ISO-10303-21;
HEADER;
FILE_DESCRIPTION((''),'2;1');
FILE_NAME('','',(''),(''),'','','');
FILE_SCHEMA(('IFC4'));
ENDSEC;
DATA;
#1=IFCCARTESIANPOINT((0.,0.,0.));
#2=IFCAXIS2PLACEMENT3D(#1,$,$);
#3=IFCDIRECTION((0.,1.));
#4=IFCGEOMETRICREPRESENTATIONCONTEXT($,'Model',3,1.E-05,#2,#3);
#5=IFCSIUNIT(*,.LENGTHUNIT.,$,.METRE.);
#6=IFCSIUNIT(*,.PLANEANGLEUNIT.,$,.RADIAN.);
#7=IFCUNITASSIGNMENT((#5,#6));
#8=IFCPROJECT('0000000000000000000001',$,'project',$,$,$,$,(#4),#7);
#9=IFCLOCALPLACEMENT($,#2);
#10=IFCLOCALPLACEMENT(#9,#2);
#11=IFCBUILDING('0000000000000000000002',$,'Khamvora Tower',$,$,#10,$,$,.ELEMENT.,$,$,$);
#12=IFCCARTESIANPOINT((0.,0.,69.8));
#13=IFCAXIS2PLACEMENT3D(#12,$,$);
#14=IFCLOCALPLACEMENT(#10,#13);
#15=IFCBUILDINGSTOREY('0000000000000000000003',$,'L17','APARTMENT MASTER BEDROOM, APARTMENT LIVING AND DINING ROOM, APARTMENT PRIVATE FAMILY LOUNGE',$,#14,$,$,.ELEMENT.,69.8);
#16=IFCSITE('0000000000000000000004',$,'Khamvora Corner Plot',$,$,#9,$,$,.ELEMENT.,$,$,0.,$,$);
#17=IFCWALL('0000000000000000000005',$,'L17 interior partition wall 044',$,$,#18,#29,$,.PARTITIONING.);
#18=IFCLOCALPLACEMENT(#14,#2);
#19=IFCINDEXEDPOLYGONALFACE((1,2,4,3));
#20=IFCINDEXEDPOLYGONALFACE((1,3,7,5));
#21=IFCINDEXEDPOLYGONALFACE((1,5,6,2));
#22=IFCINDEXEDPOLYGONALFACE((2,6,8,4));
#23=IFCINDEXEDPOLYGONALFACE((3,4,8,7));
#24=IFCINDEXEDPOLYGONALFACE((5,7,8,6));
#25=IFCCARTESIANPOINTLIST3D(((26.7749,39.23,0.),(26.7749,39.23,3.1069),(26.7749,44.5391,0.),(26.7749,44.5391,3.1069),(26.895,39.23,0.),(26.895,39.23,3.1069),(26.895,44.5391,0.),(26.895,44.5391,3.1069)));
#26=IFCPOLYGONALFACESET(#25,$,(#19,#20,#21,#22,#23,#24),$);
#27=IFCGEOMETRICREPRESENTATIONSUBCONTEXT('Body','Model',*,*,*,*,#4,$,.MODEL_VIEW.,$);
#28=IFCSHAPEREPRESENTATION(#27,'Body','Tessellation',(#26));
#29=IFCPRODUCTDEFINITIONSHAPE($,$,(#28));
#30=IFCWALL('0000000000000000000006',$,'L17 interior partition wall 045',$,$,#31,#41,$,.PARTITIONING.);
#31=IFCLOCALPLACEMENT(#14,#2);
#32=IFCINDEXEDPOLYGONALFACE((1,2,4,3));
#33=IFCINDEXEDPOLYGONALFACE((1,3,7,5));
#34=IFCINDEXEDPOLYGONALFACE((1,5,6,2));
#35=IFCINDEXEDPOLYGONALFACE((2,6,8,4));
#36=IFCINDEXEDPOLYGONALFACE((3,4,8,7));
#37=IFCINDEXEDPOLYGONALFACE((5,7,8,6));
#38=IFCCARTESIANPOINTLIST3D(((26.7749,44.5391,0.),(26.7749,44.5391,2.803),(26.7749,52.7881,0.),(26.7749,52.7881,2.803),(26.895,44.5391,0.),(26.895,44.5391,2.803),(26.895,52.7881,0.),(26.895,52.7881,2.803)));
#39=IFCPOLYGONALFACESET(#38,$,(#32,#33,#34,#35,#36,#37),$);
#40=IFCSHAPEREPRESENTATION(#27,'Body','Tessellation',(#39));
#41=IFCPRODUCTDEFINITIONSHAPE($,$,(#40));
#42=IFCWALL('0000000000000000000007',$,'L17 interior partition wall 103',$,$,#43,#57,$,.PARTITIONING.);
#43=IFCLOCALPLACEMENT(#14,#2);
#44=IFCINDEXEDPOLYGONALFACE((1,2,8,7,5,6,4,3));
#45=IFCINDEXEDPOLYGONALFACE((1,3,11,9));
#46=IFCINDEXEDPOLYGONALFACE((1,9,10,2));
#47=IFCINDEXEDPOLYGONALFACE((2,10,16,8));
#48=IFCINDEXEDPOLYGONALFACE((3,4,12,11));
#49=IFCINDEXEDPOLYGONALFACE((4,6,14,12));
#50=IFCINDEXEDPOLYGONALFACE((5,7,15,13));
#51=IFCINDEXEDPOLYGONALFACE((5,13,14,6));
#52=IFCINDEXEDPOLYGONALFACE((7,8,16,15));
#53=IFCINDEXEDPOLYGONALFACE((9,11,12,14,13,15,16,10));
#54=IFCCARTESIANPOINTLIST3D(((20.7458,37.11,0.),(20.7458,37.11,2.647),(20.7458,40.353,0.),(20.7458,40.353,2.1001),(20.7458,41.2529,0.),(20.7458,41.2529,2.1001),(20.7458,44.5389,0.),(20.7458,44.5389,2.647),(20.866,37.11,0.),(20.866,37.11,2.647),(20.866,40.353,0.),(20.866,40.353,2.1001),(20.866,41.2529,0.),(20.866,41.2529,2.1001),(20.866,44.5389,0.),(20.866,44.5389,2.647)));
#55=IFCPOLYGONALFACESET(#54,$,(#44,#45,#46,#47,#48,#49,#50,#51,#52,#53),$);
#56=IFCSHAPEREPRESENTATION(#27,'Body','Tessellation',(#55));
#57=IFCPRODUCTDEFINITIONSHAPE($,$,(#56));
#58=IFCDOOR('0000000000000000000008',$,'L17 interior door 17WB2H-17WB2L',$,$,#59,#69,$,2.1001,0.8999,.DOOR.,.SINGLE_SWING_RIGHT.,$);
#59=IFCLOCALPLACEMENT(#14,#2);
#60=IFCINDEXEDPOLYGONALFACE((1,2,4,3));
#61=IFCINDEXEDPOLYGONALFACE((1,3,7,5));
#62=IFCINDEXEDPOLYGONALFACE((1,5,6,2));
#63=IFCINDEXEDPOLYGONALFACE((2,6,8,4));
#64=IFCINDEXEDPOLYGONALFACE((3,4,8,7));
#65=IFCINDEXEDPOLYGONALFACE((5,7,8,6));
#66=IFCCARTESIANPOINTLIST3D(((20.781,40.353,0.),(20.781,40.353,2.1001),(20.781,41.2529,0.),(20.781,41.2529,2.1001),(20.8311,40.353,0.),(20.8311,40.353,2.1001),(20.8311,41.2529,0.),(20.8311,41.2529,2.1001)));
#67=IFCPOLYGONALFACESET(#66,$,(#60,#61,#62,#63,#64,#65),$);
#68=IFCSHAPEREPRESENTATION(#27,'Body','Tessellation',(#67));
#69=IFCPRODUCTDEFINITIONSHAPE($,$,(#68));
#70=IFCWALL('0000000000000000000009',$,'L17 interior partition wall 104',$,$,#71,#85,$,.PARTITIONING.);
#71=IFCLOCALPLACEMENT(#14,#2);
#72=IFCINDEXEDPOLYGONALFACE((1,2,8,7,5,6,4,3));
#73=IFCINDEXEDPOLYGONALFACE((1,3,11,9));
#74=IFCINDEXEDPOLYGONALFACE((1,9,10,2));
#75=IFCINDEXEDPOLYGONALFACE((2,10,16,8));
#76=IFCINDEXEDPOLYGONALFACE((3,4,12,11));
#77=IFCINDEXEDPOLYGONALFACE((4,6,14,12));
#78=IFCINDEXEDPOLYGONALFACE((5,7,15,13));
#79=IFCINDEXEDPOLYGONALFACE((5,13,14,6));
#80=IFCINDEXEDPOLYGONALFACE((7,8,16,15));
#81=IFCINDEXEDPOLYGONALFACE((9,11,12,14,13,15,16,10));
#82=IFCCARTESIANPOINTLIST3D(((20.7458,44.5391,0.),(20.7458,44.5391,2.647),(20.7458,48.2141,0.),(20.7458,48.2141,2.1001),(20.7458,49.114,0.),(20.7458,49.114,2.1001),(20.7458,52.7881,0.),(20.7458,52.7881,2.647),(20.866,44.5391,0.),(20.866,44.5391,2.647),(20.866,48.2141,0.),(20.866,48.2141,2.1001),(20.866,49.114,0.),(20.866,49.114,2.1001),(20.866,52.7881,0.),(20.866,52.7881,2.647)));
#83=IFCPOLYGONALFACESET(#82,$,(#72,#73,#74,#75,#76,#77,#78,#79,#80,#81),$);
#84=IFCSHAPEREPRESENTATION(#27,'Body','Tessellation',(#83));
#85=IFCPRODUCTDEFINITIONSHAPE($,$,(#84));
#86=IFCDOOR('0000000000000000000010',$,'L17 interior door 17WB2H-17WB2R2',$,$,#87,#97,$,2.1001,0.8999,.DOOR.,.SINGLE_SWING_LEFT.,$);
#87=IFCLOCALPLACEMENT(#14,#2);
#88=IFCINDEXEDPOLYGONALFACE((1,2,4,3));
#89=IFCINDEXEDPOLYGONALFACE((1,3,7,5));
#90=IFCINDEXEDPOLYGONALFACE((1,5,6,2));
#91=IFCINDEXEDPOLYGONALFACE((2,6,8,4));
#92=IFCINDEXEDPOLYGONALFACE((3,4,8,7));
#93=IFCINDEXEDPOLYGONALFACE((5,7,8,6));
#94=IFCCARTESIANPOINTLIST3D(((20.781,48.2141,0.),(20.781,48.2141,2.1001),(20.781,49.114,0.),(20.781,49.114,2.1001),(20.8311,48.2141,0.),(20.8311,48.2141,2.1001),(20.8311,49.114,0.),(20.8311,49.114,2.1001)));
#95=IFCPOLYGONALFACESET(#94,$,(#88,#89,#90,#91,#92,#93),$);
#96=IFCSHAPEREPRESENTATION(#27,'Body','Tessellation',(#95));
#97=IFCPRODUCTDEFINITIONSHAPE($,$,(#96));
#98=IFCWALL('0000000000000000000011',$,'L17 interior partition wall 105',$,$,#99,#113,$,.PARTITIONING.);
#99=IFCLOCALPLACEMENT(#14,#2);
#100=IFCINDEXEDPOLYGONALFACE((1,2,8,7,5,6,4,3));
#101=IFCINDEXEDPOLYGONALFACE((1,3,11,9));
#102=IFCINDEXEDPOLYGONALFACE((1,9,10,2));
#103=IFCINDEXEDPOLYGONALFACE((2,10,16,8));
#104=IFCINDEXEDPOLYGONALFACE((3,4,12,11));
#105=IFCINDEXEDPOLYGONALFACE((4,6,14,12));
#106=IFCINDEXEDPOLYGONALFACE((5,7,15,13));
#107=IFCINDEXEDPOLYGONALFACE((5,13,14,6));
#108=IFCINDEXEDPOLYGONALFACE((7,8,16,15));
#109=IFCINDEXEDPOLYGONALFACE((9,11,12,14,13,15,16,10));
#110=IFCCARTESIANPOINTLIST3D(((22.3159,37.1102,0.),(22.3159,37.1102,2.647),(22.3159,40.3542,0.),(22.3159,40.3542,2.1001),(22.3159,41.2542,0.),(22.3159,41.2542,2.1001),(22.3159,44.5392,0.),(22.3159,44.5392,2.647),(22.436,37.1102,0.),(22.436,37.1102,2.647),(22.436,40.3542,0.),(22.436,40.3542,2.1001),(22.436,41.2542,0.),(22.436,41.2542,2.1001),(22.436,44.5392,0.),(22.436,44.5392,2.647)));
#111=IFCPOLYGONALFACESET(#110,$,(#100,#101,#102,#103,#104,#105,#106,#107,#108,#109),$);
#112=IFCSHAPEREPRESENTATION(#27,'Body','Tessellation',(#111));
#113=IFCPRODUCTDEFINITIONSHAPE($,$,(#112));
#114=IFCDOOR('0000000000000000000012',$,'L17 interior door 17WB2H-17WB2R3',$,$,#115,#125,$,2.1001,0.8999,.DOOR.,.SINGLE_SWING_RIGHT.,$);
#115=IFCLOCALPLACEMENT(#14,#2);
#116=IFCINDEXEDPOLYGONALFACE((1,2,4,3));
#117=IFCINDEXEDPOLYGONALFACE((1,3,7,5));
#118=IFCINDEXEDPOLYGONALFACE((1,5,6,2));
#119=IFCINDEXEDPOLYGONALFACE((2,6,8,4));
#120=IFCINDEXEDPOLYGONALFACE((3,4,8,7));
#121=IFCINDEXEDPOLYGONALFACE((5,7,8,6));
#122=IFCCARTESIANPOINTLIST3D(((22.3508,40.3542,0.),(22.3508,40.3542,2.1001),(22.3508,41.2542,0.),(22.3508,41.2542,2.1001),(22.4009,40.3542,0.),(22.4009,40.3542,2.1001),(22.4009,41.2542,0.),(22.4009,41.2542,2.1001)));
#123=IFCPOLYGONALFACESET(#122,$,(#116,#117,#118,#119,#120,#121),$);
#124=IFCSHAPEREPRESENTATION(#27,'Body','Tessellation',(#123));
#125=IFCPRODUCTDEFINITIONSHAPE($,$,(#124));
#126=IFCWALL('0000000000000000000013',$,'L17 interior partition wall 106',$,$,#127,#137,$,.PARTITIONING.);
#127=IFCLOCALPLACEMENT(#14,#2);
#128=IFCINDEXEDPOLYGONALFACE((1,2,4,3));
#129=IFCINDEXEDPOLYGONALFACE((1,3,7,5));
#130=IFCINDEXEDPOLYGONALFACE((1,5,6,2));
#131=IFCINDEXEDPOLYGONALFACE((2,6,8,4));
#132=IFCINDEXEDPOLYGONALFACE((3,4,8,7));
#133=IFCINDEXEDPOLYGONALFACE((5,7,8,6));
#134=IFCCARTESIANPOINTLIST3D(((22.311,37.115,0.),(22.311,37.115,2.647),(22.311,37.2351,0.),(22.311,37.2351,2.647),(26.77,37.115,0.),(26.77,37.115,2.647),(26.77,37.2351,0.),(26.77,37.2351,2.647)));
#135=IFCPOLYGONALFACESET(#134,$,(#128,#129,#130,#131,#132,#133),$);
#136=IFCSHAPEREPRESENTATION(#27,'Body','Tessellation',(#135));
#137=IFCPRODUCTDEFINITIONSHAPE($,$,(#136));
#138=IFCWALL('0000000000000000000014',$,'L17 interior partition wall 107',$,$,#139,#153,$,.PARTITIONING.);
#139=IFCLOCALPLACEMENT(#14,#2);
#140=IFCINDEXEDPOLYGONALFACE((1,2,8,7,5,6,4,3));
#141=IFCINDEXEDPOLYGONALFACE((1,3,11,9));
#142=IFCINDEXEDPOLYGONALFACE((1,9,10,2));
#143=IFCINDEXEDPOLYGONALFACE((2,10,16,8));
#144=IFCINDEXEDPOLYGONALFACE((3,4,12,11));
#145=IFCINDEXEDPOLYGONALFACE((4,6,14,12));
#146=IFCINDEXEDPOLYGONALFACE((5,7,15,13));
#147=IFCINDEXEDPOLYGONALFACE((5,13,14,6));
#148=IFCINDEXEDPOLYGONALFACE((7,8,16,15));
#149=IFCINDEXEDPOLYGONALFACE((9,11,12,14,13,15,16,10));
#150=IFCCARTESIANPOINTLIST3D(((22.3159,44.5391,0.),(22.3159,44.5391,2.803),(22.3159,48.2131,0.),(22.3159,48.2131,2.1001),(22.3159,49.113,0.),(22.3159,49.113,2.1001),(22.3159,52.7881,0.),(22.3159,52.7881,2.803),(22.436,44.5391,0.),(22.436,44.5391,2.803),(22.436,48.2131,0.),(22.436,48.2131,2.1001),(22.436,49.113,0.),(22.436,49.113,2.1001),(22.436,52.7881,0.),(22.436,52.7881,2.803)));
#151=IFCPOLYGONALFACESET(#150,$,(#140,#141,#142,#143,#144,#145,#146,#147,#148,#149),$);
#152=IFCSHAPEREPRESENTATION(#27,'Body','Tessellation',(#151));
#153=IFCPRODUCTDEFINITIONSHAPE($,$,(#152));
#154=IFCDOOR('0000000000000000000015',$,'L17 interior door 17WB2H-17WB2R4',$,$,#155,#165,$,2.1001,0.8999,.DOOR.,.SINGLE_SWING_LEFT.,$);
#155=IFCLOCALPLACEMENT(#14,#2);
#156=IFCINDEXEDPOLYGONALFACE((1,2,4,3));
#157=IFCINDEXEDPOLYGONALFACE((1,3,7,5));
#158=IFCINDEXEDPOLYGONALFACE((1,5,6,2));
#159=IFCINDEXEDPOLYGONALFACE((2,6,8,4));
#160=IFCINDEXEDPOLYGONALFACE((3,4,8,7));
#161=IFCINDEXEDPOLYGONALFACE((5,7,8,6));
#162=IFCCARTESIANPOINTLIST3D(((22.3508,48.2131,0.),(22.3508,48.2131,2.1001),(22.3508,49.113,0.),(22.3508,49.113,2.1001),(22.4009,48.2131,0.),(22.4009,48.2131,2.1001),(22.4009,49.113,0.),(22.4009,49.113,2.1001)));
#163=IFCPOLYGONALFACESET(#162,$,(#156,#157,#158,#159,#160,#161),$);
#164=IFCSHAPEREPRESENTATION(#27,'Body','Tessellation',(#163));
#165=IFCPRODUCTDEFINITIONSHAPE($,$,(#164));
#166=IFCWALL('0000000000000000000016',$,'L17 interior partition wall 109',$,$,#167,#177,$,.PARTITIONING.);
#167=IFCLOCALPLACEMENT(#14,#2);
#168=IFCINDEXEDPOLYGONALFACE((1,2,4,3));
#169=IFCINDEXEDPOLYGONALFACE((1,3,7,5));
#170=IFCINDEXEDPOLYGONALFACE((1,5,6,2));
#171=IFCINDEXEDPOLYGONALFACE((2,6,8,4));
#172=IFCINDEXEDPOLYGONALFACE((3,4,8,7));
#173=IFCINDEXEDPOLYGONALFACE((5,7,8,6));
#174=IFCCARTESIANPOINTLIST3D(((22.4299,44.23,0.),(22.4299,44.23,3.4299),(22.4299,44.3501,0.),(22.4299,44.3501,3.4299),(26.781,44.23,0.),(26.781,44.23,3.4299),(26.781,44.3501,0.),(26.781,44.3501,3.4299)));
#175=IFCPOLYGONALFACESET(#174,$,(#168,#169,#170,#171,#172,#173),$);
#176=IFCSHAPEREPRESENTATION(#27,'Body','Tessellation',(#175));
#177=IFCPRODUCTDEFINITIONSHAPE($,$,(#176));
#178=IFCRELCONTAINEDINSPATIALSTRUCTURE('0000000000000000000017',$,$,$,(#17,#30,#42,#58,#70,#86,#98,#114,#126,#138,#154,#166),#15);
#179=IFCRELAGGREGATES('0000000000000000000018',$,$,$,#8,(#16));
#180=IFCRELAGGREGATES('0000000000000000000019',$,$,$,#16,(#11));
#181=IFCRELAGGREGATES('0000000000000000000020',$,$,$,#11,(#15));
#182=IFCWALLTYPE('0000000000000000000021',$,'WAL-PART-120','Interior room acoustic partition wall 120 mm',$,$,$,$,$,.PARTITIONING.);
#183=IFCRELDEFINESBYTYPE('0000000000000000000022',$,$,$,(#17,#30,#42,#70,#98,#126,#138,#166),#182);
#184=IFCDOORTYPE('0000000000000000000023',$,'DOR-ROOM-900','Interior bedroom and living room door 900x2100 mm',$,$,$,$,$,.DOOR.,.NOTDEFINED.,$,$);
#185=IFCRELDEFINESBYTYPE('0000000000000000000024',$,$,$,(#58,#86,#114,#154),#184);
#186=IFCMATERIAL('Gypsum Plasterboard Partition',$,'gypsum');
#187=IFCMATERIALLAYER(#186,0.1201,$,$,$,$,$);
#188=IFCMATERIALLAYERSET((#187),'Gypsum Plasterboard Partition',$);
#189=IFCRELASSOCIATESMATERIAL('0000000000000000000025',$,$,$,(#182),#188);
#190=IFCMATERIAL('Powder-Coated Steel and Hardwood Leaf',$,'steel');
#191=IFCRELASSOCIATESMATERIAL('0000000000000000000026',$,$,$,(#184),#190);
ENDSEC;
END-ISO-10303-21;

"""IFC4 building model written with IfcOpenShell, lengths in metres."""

from ifc_helpers import new_model, si_unit, direction, frame, frame_2d, origin, place, context, subcontext, project, spatial, rectangle, extrude, material, layer, layer_set, type_object, element, fill, save


model = new_model("IFC4")

# Units and contexts
model_context = context("Model", 3, precision=1e-05, world=origin(), true_north=direction((0.0, 1.0)))
body_context = subcontext(model_context, "Body", "Model", "MODEL_VIEW")
ifc_project = project(units=[si_unit("LENGTHUNIT", "METRE"), si_unit("PLANEANGLEUNIT", "RADIAN")], contexts=[model_context])

# Site, building, storey
site_placement = place(None, origin())
site = spatial("IfcSite", under=ifc_project, at=site_placement, Name="Khamvora Corner Plot", CompositionType="ELEMENT", RefElevation=0.0)
building_placement = place(site_placement, origin())
building = spatial("IfcBuilding", under=site, at=building_placement, Name="Khamvora Tower", CompositionType="ELEMENT")
storey_placement = place(building_placement, frame((0.0, 0.0, 69.8)))
storey = spatial("IfcBuildingStorey", under=building, at=storey_placement, Name="L17", Description="APARTMENT MASTER BEDROOM, APARTMENT LIVING AND DINING ROOM, APARTMENT PRIVATE FAMILY LOUNGE", CompositionType="ELEMENT", Elevation=69.8)

# Shared definitions
ifc_material_1 = material(Name="Powder-Coated Steel and Hardwood Leaf", Category="steel")

# Walls
ifc_material_2 = material(Name="Gypsum Plasterboard Partition", Category="gypsum")
ifc_layer_1 = layer(ifc_material_2, 0.1201)
ifc_layer_set_1 = layer_set([ifc_layer_1], Name="Gypsum Plasterboard Partition")
wall_type_1 = type_object("IfcWallType", Name="WAL-PART-120", Description="Interior room acoustic partition wall 120 mm", PredefinedType="PARTITIONING", material=ifc_layer_set_1)
wall_1_placement = place(storey_placement, frame((26.835, 39.23, 0.0), z_axis=(0.0, 0.0, 1.0), x_axis=(0.0, 1.0, 0.0)))
element("IfcWall", 1, at=wall_1_placement, inside=storey, type_object=wall_type_1, Name="L17 interior partition wall 044", PredefinedType="PARTITIONING", context=body_context, shape_type="SweptSolid", body=[
    extrude(rectangle(XDim=5.3091, YDim=0.1201, at=frame_2d((2.6545, 0.0))), origin(), (0.0, 0.0, 1.0), 3.1069),
])
wall_2_placement = place(storey_placement, frame((26.835, 44.5391, 0.0), z_axis=(0.0, 0.0, 1.0), x_axis=(0.0, 1.0, 0.0)))
element("IfcWall", 2, at=wall_2_placement, inside=storey, type_object=wall_type_1, Name="L17 interior partition wall 045", PredefinedType="PARTITIONING", context=body_context, shape_type="SweptSolid", body=[
    extrude(rectangle(XDim=8.249, YDim=0.1201, at=frame_2d((4.1245, 0.0))), origin(), (0.0, 0.0, 1.0), 2.803),
])

# Walls, openings, doors
wall_3_placement = place(storey_placement, frame((20.8059, 37.1101, 0.0), z_axis=(0.0, 0.0, 1.0), x_axis=(0.0, 1.0, 0.0)))
wall_3 = element("IfcWall", 3, at=wall_3_placement, inside=storey, type_object=wall_type_1, Name="L17 interior partition wall 103", PredefinedType="PARTITIONING", context=body_context, shape_type="SweptSolid", body=[
    extrude(rectangle(XDim=7.429, YDim=0.1201, at=frame_2d((3.7144, 0.0))), origin(), (0.0, 0.0, 1.0), 2.647),
])
opening_1_placement = place(wall_3_placement, frame((3.2429, 0.0, 0.0)))
opening_1 = element("IfcOpeningElement", 4, at=opening_1_placement, cuts=wall_3, PredefinedType="OPENING", context=body_context, shape_type="SweptSolid", body=[
    extrude(rectangle(XDim=0.8999, YDim=2.1001, at=frame_2d((0.45, 1.05))), frame((0.0, 0.0701, 0.0), z_axis=(0.0, -1.0, 0.0), x_axis=(1.0, 0.0, 0.0)), (0.0, 0.0, 1.0), 0.1401),
])
door_type_1 = type_object("IfcDoorType", Name="DOR-ROOM-900", Description="Interior bedroom and living room door 900x2100 mm", OperationType="NOTDEFINED", PredefinedType="DOOR", material=ifc_material_1)
door_1_placement = place(opening_1_placement, origin())
door_1 = element("IfcDoor", 5, at=door_1_placement, inside=storey, type_object=door_type_1, Name="L17 interior door 17WB2H-17WB2L", OperationType="SINGLE_SWING_RIGHT", OverallHeight=2.1001, OverallWidth=0.8999, PredefinedType="DOOR", context=body_context, shape_type="SweptSolid", body=[
    extrude(rectangle(XDim=0.8999, YDim=2.1001, at=frame_2d((0.45, 1.05))), frame((0.0, 0.0249, 0.0), z_axis=(0.0, -1.0, 0.0), x_axis=(1.0, 0.0, 0.0)), (0.0, 0.0, 1.0), 0.05),
])
fill(opening_1, door_1)
wall_4_placement = place(storey_placement, frame((20.8059, 44.5391, 0.0), z_axis=(0.0, 0.0, 1.0), x_axis=(0.0, 1.0, 0.0)))
wall_4 = element("IfcWall", 6, at=wall_4_placement, inside=storey, type_object=wall_type_1, Name="L17 interior partition wall 104", PredefinedType="PARTITIONING", context=body_context, shape_type="SweptSolid", body=[
    extrude(rectangle(XDim=8.249, YDim=0.1201, at=frame_2d((4.1245, 0.0))), origin(), (0.0, 0.0, 1.0), 2.647),
])
opening_2_placement = place(wall_4_placement, frame((3.675, 0.0, 0.0)))
opening_2 = element("IfcOpeningElement", 7, at=opening_2_placement, cuts=wall_4, PredefinedType="OPENING", context=body_context, shape_type="SweptSolid", body=[
    extrude(rectangle(XDim=0.8999, YDim=2.1001, at=frame_2d((0.45, 1.05))), frame((0.0, 0.0701, 0.0), z_axis=(0.0, -1.0, 0.0), x_axis=(1.0, 0.0, 0.0)), (0.0, 0.0, 1.0), 0.1401),
])
door_2_placement = place(opening_2_placement, origin())
door_2 = element("IfcDoor", 8, at=door_2_placement, inside=storey, type_object=door_type_1, Name="L17 interior door 17WB2H-17WB2R2", OperationType="SINGLE_SWING_LEFT", OverallHeight=2.1001, OverallWidth=0.8999, PredefinedType="DOOR", context=body_context, shape_type="SweptSolid", body=[
    extrude(rectangle(XDim=0.8999, YDim=2.1001, at=frame_2d((0.45, 1.05))), frame((0.0, 0.0249, 0.0), z_axis=(0.0, -1.0, 0.0), x_axis=(1.0, 0.0, 0.0)), (0.0, 0.0, 1.0), 0.05),
])
fill(opening_2, door_2)
wall_5_placement = place(storey_placement, frame((22.376, 44.5391, 0.0), z_axis=(0.0, 0.0, 1.0), x_axis=(0.0, -1.0, 0.0)))
wall_5 = element("IfcWall", 9, at=wall_5_placement, inside=storey, type_object=wall_type_1, Name="L17 interior partition wall 105", PredefinedType="PARTITIONING", context=body_context, shape_type="SweptSolid", body=[
    extrude(rectangle(XDim=7.429, YDim=0.1201, at=frame_2d((3.7144, 0.0))), origin(), (0.0, 0.0, 1.0), 2.647),
])
opening_3_placement = place(wall_5_placement, frame((3.2849, 0.0, 0.0)))
opening_3 = element("IfcOpeningElement", 10, at=opening_3_placement, cuts=wall_5, PredefinedType="OPENING", context=body_context, shape_type="SweptSolid", body=[
    extrude(rectangle(XDim=0.8999, YDim=2.1001, at=frame_2d((0.45, 1.05))), frame((0.0, 0.0701, 0.0), z_axis=(0.0, -1.0, 0.0), x_axis=(1.0, 0.0, 0.0)), (0.0, 0.0, 1.0), 0.1401),
])
door_3_placement = place(opening_3_placement, origin())
door_3 = element("IfcDoor", 11, at=door_3_placement, inside=storey, type_object=door_type_1, Name="L17 interior door 17WB2H-17WB2R3", OperationType="SINGLE_SWING_RIGHT", OverallHeight=2.1001, OverallWidth=0.8999, PredefinedType="DOOR", context=body_context, shape_type="SweptSolid", body=[
    extrude(rectangle(XDim=0.8999, YDim=2.1001, at=frame_2d((0.45, 1.05))), frame((0.0, 0.0249, 0.0), z_axis=(0.0, -1.0, 0.0), x_axis=(1.0, 0.0, 0.0)), (0.0, 0.0, 1.0), 0.05),
])
fill(opening_3, door_3)

# Wall
wall_6_placement = place(storey_placement, frame((22.311, 37.175, 0.0), z_axis=(0.0, 0.0, 1.0), x_axis=(1.0, 0.0, 0.0)))
element("IfcWall", 12, at=wall_6_placement, inside=storey, type_object=wall_type_1, Name="L17 interior partition wall 106", PredefinedType="PARTITIONING", context=body_context, shape_type="SweptSolid", body=[
    extrude(rectangle(XDim=4.459, YDim=0.1201, at=frame_2d((2.2295, 0.0))), origin(), (0.0, 0.0, 1.0), 2.647),
])

# Wall, opening, door
wall_7_placement = place(storey_placement, frame((22.376, 52.7881, 0.0), z_axis=(0.0, 0.0, 1.0), x_axis=(0.0, -1.0, 0.0)))
wall_7 = element("IfcWall", 13, at=wall_7_placement, inside=storey, type_object=wall_type_1, Name="L17 interior partition wall 107", PredefinedType="PARTITIONING", context=body_context, shape_type="SweptSolid", body=[
    extrude(rectangle(XDim=8.249, YDim=0.1201, at=frame_2d((4.1245, 0.0))), origin(), (0.0, 0.0, 1.0), 2.803),
])
opening_4_placement = place(wall_7_placement, frame((3.675, 0.0, 0.0)))
opening_4 = element("IfcOpeningElement", 14, at=opening_4_placement, cuts=wall_7, PredefinedType="OPENING", context=body_context, shape_type="SweptSolid", body=[
    extrude(rectangle(XDim=0.8999, YDim=2.1001, at=frame_2d((0.45, 1.05))), frame((0.0, 0.0701, 0.0), z_axis=(0.0, -1.0, 0.0), x_axis=(1.0, 0.0, 0.0)), (0.0, 0.0, 1.0), 0.1401),
])
door_4_placement = place(opening_4_placement, origin())
door_4 = element("IfcDoor", 15, at=door_4_placement, inside=storey, type_object=door_type_1, Name="L17 interior door 17WB2H-17WB2R4", OperationType="SINGLE_SWING_LEFT", OverallHeight=2.1001, OverallWidth=0.8999, PredefinedType="DOOR", context=body_context, shape_type="SweptSolid", body=[
    extrude(rectangle(XDim=0.8999, YDim=2.1001, at=frame_2d((0.45, 1.05))), frame((0.0, 0.0249, 0.0), z_axis=(0.0, -1.0, 0.0), x_axis=(1.0, 0.0, 0.0)), (0.0, 0.0, 1.0), 0.05),
])
fill(opening_4, door_4)

# Wall
wall_8_placement = place(storey_placement, frame((22.4299, 44.29, 0.0), z_axis=(0.0, 0.0, 1.0), x_axis=(1.0, 0.0, 0.0)))
element("IfcWall", 16, at=wall_8_placement, inside=storey, type_object=wall_type_1, Name="L17 interior partition wall 109", PredefinedType="PARTITIONING", context=body_context, shape_type="SweptSolid", body=[
    extrude(rectangle(XDim=4.3511, YDim=0.1201, at=frame_2d((2.1755, 0.0))), origin(), (0.0, 0.0, 1.0), 3.4299),
])

save(model, "model.ifc")
